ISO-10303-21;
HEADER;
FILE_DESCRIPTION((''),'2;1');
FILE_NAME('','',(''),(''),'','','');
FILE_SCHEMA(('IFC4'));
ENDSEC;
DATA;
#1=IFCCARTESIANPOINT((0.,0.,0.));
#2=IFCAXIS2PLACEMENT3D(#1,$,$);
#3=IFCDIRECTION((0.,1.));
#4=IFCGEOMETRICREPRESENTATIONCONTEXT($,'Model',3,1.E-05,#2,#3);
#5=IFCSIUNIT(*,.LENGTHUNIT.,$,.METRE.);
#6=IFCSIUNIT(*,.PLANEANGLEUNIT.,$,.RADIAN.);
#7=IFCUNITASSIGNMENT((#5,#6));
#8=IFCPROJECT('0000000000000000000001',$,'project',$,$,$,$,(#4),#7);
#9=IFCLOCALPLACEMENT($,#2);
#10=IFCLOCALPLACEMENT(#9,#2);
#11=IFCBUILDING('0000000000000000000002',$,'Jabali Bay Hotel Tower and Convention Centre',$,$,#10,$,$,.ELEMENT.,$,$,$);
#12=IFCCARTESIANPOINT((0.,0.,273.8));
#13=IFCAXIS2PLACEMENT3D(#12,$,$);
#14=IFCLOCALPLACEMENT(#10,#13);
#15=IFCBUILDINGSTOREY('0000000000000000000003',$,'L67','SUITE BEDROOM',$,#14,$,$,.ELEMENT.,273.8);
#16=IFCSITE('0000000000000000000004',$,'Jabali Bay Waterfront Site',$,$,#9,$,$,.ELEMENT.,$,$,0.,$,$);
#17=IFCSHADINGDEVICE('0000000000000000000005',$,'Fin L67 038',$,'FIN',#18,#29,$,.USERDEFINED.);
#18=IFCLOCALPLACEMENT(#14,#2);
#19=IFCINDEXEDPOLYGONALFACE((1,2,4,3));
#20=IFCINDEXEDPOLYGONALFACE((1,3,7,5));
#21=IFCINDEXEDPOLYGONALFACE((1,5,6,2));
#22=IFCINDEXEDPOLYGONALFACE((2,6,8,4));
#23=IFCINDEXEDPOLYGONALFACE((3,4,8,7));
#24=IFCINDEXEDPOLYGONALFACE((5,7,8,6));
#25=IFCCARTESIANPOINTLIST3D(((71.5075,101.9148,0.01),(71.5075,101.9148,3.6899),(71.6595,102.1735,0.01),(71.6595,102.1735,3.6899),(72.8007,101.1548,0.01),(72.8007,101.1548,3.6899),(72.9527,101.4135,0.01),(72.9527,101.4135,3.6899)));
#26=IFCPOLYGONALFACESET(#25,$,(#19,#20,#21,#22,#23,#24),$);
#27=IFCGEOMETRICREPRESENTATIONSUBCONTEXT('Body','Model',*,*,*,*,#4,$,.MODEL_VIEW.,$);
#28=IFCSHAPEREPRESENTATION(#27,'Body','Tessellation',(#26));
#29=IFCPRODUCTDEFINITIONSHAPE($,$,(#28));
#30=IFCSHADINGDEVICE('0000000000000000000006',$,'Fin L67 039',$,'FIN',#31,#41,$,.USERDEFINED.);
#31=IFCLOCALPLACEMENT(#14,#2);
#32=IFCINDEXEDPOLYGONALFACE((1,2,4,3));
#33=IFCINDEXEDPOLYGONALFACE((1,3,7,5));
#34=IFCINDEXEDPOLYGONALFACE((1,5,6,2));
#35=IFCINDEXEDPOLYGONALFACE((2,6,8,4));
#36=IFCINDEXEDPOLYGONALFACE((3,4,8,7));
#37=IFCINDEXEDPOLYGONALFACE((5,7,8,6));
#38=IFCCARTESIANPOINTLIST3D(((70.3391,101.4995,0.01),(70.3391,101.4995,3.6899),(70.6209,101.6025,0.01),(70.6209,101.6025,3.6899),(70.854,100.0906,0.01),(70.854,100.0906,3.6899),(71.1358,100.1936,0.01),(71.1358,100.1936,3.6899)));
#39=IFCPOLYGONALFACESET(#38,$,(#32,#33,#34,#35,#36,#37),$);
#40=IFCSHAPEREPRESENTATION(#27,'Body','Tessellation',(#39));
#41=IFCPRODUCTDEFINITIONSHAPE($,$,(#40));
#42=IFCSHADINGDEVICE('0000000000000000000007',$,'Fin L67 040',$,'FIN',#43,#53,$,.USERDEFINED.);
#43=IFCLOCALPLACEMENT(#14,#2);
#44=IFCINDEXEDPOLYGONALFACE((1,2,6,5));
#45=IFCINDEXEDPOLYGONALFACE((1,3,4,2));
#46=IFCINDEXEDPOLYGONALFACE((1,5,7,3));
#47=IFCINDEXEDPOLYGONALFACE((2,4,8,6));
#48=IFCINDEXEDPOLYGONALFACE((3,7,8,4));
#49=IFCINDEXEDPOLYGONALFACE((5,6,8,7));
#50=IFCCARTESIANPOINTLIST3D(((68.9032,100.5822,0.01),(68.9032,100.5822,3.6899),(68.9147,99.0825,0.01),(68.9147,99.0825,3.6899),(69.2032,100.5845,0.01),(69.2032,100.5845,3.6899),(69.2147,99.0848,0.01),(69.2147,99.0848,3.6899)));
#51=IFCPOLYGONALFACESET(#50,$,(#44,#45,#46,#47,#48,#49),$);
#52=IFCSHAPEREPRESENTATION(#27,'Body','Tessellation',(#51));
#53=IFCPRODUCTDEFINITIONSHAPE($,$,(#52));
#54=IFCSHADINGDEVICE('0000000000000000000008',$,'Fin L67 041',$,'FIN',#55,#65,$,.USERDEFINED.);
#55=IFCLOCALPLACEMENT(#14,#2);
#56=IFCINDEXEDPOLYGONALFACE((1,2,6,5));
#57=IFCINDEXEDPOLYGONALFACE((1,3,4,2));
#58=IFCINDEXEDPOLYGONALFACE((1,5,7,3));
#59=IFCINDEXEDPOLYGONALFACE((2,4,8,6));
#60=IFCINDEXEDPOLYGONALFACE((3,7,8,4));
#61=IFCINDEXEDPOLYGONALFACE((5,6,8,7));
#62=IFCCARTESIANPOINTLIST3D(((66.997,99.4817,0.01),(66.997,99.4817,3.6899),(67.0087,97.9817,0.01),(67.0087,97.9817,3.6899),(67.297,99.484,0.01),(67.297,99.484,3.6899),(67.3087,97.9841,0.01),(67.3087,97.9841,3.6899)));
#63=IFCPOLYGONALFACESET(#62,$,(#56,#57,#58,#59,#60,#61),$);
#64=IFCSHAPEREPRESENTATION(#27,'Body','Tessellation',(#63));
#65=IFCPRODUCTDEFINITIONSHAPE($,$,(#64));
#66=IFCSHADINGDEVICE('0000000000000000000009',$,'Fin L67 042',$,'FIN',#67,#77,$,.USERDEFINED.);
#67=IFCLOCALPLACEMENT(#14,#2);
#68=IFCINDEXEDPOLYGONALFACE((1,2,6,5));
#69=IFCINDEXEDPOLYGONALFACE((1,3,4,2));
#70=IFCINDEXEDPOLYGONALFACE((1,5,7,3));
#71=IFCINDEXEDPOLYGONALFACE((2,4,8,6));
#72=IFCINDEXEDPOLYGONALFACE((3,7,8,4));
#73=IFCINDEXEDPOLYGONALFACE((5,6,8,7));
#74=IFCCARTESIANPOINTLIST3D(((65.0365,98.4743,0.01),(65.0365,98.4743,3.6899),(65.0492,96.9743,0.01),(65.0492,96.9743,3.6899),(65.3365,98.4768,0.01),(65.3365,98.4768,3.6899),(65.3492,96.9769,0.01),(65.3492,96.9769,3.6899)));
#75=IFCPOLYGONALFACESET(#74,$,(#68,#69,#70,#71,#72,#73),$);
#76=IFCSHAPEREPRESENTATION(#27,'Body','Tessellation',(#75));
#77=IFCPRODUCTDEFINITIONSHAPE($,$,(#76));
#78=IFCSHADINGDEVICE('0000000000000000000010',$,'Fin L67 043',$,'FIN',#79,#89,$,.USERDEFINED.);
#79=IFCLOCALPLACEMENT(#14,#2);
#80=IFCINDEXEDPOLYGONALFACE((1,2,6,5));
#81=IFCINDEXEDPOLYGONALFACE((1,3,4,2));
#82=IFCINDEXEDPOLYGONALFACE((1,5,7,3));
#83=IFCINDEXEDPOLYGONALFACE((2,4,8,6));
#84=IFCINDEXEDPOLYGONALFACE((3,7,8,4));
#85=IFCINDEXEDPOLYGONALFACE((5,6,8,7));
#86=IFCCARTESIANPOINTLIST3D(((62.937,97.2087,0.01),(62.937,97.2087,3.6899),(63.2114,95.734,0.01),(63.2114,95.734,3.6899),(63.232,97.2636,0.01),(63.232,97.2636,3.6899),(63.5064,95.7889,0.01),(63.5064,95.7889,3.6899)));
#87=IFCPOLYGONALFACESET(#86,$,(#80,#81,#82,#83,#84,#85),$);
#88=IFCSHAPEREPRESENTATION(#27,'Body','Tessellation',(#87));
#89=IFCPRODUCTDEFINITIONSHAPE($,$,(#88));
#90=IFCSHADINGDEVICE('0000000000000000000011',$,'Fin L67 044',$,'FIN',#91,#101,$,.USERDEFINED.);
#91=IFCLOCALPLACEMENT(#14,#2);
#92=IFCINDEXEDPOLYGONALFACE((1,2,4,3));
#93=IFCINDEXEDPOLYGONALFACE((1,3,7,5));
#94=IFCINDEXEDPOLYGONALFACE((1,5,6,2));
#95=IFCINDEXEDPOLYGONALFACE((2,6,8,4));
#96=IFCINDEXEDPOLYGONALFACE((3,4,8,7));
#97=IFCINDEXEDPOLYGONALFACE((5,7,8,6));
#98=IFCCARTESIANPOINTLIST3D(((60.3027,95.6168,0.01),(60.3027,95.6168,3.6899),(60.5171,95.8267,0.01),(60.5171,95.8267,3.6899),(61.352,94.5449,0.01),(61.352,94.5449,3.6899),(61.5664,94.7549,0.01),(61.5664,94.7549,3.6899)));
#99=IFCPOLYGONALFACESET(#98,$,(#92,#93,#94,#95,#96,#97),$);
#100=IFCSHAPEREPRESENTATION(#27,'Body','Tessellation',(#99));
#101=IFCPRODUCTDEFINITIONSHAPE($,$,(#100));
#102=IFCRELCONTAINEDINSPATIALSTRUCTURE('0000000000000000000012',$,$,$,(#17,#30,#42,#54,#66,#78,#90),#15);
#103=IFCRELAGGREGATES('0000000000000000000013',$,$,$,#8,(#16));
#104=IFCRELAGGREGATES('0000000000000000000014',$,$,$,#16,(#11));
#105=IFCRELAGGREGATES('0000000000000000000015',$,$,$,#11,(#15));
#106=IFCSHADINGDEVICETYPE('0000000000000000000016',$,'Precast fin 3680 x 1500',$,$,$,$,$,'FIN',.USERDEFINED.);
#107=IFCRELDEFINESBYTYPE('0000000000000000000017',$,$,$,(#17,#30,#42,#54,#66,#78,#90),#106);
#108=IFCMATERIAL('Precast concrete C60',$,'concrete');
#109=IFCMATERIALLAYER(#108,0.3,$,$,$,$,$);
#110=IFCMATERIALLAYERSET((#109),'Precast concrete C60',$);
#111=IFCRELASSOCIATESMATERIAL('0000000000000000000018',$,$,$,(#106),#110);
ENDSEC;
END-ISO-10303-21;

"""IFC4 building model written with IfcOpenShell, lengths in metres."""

from ifc_helpers import new_model, si_unit, direction, frame, frame_2d, origin, place, context, subcontext, project, spatial, rectangle, extrude, material, layer, layer_set, type_object, element, save


model = new_model("IFC4")

# Units and contexts
model_context = context("Model", 3, precision=1e-05, world=origin(), true_north=direction((0.0, 1.0)))
body_context = subcontext(model_context, "Body", "Model", "MODEL_VIEW")
ifc_project = project(units=[si_unit("LENGTHUNIT", "METRE"), si_unit("PLANEANGLEUNIT", "RADIAN")], contexts=[model_context])

# Site, building, storey
site_placement = place(None, origin())
site = spatial("IfcSite", under=ifc_project, at=site_placement, Name="Jabali Bay Waterfront Site", CompositionType="ELEMENT", RefElevation=0.0)
building_placement = place(site_placement, origin())
building = spatial("IfcBuilding", under=site, at=building_placement, Name="Jabali Bay Hotel Tower and Convention Centre", CompositionType="ELEMENT")
storey_placement = place(building_placement, frame((0.0, 0.0, 273.8)))
storey = spatial("IfcBuildingStorey", under=building, at=storey_placement, Name="L67", Description="SUITE BEDROOM", CompositionType="ELEMENT", Elevation=273.8)

# Shading devices
ifc_material_1 = material(Name="Precast concrete C60", Category="concrete")
ifc_layer_1 = layer(ifc_material_1, 0.3)
ifc_layer_set_1 = layer_set([ifc_layer_1], Name="Precast concrete C60")
shading_device_type = type_object("IfcShadingDeviceType", Name="Precast fin 3680 x 1500", ElementType="FIN", PredefinedType="USERDEFINED", material=ifc_layer_set_1)
for number, where, z_axis, x_axis, name in (
    (1, (72.8767, 101.2842, 0.01), (0.0, 0.0, 1.0), (-0.862139, 0.506672, 0.0), "Fin L67 038"),
    (2, (70.9949, 100.1421, 0.01), (0.0, 0.0, 1.0), (-0.343245, 0.939246, 0.0), "Fin L67 039"),
):
    element("IfcShadingDevice", number, at=place(storey_placement, frame(where, z_axis=z_axis, x_axis=x_axis)), inside=storey, type_object=shading_device_type, Name=name, ObjectType="FIN", PredefinedType="USERDEFINED", context=body_context, shape_type="SweptSolid", body=[
        extrude(rectangle(XDim=1.5, YDim=0.3, at=frame_2d((0.75, 0.0))), origin(), (0.0, 0.0, 1.0), 3.6799),
    ])
shading_device_placement = place(storey_placement, frame((69.0647, 99.0835, 0.01), z_axis=(0.0, 0.0, 1.0), x_axis=(-0.007651, 0.999971, 0.0)))
element("IfcShadingDevice", 3, at=shading_device_placement, inside=storey, type_object=shading_device_type, Name="Fin L67 040", ObjectType="FIN", PredefinedType="USERDEFINED", context=body_context, shape_type="SweptSolid", body=[
    extrude(rectangle(XDim=1.4998, YDim=0.3, at=frame_2d((0.75, 0.0))), origin(), (0.0, 0.0, 1.0), 3.6799),
])
for number, where, z_axis, x_axis, name in (
    (4, (67.1587, 97.9829, 0.01), (0.0, 0.0, 1.0), (-0.007812, 0.999969, 0.0), "Fin L67 041"),
    (5, (65.1992, 96.9756, 0.01), (0.0, 0.0, 1.0), (-0.008463, 0.999964, 0.0), "Fin L67 042"),
    (6, (63.3589, 95.7615, 0.01), (0.0, 0.0, 1.0), (-0.182952, 0.983122, 0.0), "Fin L67 043"),
    (7, (61.4592, 94.6499, 0.01), (0.0, 0.0, 1.0), (-0.69958, 0.714554, 0.0), "Fin L67 044"),
):
    element("IfcShadingDevice", number, at=place(storey_placement, frame(where, z_axis=z_axis, x_axis=x_axis)), inside=storey, type_object=shading_device_type, Name=name, ObjectType="FIN", PredefinedType="USERDEFINED", context=body_context, shape_type="SweptSolid", body=[
        extrude(rectangle(XDim=1.5, YDim=0.3, at=frame_2d((0.75, 0.0))), origin(), (0.0, 0.0, 1.0), 3.6799),
    ])

save(model, "model.ifc")
